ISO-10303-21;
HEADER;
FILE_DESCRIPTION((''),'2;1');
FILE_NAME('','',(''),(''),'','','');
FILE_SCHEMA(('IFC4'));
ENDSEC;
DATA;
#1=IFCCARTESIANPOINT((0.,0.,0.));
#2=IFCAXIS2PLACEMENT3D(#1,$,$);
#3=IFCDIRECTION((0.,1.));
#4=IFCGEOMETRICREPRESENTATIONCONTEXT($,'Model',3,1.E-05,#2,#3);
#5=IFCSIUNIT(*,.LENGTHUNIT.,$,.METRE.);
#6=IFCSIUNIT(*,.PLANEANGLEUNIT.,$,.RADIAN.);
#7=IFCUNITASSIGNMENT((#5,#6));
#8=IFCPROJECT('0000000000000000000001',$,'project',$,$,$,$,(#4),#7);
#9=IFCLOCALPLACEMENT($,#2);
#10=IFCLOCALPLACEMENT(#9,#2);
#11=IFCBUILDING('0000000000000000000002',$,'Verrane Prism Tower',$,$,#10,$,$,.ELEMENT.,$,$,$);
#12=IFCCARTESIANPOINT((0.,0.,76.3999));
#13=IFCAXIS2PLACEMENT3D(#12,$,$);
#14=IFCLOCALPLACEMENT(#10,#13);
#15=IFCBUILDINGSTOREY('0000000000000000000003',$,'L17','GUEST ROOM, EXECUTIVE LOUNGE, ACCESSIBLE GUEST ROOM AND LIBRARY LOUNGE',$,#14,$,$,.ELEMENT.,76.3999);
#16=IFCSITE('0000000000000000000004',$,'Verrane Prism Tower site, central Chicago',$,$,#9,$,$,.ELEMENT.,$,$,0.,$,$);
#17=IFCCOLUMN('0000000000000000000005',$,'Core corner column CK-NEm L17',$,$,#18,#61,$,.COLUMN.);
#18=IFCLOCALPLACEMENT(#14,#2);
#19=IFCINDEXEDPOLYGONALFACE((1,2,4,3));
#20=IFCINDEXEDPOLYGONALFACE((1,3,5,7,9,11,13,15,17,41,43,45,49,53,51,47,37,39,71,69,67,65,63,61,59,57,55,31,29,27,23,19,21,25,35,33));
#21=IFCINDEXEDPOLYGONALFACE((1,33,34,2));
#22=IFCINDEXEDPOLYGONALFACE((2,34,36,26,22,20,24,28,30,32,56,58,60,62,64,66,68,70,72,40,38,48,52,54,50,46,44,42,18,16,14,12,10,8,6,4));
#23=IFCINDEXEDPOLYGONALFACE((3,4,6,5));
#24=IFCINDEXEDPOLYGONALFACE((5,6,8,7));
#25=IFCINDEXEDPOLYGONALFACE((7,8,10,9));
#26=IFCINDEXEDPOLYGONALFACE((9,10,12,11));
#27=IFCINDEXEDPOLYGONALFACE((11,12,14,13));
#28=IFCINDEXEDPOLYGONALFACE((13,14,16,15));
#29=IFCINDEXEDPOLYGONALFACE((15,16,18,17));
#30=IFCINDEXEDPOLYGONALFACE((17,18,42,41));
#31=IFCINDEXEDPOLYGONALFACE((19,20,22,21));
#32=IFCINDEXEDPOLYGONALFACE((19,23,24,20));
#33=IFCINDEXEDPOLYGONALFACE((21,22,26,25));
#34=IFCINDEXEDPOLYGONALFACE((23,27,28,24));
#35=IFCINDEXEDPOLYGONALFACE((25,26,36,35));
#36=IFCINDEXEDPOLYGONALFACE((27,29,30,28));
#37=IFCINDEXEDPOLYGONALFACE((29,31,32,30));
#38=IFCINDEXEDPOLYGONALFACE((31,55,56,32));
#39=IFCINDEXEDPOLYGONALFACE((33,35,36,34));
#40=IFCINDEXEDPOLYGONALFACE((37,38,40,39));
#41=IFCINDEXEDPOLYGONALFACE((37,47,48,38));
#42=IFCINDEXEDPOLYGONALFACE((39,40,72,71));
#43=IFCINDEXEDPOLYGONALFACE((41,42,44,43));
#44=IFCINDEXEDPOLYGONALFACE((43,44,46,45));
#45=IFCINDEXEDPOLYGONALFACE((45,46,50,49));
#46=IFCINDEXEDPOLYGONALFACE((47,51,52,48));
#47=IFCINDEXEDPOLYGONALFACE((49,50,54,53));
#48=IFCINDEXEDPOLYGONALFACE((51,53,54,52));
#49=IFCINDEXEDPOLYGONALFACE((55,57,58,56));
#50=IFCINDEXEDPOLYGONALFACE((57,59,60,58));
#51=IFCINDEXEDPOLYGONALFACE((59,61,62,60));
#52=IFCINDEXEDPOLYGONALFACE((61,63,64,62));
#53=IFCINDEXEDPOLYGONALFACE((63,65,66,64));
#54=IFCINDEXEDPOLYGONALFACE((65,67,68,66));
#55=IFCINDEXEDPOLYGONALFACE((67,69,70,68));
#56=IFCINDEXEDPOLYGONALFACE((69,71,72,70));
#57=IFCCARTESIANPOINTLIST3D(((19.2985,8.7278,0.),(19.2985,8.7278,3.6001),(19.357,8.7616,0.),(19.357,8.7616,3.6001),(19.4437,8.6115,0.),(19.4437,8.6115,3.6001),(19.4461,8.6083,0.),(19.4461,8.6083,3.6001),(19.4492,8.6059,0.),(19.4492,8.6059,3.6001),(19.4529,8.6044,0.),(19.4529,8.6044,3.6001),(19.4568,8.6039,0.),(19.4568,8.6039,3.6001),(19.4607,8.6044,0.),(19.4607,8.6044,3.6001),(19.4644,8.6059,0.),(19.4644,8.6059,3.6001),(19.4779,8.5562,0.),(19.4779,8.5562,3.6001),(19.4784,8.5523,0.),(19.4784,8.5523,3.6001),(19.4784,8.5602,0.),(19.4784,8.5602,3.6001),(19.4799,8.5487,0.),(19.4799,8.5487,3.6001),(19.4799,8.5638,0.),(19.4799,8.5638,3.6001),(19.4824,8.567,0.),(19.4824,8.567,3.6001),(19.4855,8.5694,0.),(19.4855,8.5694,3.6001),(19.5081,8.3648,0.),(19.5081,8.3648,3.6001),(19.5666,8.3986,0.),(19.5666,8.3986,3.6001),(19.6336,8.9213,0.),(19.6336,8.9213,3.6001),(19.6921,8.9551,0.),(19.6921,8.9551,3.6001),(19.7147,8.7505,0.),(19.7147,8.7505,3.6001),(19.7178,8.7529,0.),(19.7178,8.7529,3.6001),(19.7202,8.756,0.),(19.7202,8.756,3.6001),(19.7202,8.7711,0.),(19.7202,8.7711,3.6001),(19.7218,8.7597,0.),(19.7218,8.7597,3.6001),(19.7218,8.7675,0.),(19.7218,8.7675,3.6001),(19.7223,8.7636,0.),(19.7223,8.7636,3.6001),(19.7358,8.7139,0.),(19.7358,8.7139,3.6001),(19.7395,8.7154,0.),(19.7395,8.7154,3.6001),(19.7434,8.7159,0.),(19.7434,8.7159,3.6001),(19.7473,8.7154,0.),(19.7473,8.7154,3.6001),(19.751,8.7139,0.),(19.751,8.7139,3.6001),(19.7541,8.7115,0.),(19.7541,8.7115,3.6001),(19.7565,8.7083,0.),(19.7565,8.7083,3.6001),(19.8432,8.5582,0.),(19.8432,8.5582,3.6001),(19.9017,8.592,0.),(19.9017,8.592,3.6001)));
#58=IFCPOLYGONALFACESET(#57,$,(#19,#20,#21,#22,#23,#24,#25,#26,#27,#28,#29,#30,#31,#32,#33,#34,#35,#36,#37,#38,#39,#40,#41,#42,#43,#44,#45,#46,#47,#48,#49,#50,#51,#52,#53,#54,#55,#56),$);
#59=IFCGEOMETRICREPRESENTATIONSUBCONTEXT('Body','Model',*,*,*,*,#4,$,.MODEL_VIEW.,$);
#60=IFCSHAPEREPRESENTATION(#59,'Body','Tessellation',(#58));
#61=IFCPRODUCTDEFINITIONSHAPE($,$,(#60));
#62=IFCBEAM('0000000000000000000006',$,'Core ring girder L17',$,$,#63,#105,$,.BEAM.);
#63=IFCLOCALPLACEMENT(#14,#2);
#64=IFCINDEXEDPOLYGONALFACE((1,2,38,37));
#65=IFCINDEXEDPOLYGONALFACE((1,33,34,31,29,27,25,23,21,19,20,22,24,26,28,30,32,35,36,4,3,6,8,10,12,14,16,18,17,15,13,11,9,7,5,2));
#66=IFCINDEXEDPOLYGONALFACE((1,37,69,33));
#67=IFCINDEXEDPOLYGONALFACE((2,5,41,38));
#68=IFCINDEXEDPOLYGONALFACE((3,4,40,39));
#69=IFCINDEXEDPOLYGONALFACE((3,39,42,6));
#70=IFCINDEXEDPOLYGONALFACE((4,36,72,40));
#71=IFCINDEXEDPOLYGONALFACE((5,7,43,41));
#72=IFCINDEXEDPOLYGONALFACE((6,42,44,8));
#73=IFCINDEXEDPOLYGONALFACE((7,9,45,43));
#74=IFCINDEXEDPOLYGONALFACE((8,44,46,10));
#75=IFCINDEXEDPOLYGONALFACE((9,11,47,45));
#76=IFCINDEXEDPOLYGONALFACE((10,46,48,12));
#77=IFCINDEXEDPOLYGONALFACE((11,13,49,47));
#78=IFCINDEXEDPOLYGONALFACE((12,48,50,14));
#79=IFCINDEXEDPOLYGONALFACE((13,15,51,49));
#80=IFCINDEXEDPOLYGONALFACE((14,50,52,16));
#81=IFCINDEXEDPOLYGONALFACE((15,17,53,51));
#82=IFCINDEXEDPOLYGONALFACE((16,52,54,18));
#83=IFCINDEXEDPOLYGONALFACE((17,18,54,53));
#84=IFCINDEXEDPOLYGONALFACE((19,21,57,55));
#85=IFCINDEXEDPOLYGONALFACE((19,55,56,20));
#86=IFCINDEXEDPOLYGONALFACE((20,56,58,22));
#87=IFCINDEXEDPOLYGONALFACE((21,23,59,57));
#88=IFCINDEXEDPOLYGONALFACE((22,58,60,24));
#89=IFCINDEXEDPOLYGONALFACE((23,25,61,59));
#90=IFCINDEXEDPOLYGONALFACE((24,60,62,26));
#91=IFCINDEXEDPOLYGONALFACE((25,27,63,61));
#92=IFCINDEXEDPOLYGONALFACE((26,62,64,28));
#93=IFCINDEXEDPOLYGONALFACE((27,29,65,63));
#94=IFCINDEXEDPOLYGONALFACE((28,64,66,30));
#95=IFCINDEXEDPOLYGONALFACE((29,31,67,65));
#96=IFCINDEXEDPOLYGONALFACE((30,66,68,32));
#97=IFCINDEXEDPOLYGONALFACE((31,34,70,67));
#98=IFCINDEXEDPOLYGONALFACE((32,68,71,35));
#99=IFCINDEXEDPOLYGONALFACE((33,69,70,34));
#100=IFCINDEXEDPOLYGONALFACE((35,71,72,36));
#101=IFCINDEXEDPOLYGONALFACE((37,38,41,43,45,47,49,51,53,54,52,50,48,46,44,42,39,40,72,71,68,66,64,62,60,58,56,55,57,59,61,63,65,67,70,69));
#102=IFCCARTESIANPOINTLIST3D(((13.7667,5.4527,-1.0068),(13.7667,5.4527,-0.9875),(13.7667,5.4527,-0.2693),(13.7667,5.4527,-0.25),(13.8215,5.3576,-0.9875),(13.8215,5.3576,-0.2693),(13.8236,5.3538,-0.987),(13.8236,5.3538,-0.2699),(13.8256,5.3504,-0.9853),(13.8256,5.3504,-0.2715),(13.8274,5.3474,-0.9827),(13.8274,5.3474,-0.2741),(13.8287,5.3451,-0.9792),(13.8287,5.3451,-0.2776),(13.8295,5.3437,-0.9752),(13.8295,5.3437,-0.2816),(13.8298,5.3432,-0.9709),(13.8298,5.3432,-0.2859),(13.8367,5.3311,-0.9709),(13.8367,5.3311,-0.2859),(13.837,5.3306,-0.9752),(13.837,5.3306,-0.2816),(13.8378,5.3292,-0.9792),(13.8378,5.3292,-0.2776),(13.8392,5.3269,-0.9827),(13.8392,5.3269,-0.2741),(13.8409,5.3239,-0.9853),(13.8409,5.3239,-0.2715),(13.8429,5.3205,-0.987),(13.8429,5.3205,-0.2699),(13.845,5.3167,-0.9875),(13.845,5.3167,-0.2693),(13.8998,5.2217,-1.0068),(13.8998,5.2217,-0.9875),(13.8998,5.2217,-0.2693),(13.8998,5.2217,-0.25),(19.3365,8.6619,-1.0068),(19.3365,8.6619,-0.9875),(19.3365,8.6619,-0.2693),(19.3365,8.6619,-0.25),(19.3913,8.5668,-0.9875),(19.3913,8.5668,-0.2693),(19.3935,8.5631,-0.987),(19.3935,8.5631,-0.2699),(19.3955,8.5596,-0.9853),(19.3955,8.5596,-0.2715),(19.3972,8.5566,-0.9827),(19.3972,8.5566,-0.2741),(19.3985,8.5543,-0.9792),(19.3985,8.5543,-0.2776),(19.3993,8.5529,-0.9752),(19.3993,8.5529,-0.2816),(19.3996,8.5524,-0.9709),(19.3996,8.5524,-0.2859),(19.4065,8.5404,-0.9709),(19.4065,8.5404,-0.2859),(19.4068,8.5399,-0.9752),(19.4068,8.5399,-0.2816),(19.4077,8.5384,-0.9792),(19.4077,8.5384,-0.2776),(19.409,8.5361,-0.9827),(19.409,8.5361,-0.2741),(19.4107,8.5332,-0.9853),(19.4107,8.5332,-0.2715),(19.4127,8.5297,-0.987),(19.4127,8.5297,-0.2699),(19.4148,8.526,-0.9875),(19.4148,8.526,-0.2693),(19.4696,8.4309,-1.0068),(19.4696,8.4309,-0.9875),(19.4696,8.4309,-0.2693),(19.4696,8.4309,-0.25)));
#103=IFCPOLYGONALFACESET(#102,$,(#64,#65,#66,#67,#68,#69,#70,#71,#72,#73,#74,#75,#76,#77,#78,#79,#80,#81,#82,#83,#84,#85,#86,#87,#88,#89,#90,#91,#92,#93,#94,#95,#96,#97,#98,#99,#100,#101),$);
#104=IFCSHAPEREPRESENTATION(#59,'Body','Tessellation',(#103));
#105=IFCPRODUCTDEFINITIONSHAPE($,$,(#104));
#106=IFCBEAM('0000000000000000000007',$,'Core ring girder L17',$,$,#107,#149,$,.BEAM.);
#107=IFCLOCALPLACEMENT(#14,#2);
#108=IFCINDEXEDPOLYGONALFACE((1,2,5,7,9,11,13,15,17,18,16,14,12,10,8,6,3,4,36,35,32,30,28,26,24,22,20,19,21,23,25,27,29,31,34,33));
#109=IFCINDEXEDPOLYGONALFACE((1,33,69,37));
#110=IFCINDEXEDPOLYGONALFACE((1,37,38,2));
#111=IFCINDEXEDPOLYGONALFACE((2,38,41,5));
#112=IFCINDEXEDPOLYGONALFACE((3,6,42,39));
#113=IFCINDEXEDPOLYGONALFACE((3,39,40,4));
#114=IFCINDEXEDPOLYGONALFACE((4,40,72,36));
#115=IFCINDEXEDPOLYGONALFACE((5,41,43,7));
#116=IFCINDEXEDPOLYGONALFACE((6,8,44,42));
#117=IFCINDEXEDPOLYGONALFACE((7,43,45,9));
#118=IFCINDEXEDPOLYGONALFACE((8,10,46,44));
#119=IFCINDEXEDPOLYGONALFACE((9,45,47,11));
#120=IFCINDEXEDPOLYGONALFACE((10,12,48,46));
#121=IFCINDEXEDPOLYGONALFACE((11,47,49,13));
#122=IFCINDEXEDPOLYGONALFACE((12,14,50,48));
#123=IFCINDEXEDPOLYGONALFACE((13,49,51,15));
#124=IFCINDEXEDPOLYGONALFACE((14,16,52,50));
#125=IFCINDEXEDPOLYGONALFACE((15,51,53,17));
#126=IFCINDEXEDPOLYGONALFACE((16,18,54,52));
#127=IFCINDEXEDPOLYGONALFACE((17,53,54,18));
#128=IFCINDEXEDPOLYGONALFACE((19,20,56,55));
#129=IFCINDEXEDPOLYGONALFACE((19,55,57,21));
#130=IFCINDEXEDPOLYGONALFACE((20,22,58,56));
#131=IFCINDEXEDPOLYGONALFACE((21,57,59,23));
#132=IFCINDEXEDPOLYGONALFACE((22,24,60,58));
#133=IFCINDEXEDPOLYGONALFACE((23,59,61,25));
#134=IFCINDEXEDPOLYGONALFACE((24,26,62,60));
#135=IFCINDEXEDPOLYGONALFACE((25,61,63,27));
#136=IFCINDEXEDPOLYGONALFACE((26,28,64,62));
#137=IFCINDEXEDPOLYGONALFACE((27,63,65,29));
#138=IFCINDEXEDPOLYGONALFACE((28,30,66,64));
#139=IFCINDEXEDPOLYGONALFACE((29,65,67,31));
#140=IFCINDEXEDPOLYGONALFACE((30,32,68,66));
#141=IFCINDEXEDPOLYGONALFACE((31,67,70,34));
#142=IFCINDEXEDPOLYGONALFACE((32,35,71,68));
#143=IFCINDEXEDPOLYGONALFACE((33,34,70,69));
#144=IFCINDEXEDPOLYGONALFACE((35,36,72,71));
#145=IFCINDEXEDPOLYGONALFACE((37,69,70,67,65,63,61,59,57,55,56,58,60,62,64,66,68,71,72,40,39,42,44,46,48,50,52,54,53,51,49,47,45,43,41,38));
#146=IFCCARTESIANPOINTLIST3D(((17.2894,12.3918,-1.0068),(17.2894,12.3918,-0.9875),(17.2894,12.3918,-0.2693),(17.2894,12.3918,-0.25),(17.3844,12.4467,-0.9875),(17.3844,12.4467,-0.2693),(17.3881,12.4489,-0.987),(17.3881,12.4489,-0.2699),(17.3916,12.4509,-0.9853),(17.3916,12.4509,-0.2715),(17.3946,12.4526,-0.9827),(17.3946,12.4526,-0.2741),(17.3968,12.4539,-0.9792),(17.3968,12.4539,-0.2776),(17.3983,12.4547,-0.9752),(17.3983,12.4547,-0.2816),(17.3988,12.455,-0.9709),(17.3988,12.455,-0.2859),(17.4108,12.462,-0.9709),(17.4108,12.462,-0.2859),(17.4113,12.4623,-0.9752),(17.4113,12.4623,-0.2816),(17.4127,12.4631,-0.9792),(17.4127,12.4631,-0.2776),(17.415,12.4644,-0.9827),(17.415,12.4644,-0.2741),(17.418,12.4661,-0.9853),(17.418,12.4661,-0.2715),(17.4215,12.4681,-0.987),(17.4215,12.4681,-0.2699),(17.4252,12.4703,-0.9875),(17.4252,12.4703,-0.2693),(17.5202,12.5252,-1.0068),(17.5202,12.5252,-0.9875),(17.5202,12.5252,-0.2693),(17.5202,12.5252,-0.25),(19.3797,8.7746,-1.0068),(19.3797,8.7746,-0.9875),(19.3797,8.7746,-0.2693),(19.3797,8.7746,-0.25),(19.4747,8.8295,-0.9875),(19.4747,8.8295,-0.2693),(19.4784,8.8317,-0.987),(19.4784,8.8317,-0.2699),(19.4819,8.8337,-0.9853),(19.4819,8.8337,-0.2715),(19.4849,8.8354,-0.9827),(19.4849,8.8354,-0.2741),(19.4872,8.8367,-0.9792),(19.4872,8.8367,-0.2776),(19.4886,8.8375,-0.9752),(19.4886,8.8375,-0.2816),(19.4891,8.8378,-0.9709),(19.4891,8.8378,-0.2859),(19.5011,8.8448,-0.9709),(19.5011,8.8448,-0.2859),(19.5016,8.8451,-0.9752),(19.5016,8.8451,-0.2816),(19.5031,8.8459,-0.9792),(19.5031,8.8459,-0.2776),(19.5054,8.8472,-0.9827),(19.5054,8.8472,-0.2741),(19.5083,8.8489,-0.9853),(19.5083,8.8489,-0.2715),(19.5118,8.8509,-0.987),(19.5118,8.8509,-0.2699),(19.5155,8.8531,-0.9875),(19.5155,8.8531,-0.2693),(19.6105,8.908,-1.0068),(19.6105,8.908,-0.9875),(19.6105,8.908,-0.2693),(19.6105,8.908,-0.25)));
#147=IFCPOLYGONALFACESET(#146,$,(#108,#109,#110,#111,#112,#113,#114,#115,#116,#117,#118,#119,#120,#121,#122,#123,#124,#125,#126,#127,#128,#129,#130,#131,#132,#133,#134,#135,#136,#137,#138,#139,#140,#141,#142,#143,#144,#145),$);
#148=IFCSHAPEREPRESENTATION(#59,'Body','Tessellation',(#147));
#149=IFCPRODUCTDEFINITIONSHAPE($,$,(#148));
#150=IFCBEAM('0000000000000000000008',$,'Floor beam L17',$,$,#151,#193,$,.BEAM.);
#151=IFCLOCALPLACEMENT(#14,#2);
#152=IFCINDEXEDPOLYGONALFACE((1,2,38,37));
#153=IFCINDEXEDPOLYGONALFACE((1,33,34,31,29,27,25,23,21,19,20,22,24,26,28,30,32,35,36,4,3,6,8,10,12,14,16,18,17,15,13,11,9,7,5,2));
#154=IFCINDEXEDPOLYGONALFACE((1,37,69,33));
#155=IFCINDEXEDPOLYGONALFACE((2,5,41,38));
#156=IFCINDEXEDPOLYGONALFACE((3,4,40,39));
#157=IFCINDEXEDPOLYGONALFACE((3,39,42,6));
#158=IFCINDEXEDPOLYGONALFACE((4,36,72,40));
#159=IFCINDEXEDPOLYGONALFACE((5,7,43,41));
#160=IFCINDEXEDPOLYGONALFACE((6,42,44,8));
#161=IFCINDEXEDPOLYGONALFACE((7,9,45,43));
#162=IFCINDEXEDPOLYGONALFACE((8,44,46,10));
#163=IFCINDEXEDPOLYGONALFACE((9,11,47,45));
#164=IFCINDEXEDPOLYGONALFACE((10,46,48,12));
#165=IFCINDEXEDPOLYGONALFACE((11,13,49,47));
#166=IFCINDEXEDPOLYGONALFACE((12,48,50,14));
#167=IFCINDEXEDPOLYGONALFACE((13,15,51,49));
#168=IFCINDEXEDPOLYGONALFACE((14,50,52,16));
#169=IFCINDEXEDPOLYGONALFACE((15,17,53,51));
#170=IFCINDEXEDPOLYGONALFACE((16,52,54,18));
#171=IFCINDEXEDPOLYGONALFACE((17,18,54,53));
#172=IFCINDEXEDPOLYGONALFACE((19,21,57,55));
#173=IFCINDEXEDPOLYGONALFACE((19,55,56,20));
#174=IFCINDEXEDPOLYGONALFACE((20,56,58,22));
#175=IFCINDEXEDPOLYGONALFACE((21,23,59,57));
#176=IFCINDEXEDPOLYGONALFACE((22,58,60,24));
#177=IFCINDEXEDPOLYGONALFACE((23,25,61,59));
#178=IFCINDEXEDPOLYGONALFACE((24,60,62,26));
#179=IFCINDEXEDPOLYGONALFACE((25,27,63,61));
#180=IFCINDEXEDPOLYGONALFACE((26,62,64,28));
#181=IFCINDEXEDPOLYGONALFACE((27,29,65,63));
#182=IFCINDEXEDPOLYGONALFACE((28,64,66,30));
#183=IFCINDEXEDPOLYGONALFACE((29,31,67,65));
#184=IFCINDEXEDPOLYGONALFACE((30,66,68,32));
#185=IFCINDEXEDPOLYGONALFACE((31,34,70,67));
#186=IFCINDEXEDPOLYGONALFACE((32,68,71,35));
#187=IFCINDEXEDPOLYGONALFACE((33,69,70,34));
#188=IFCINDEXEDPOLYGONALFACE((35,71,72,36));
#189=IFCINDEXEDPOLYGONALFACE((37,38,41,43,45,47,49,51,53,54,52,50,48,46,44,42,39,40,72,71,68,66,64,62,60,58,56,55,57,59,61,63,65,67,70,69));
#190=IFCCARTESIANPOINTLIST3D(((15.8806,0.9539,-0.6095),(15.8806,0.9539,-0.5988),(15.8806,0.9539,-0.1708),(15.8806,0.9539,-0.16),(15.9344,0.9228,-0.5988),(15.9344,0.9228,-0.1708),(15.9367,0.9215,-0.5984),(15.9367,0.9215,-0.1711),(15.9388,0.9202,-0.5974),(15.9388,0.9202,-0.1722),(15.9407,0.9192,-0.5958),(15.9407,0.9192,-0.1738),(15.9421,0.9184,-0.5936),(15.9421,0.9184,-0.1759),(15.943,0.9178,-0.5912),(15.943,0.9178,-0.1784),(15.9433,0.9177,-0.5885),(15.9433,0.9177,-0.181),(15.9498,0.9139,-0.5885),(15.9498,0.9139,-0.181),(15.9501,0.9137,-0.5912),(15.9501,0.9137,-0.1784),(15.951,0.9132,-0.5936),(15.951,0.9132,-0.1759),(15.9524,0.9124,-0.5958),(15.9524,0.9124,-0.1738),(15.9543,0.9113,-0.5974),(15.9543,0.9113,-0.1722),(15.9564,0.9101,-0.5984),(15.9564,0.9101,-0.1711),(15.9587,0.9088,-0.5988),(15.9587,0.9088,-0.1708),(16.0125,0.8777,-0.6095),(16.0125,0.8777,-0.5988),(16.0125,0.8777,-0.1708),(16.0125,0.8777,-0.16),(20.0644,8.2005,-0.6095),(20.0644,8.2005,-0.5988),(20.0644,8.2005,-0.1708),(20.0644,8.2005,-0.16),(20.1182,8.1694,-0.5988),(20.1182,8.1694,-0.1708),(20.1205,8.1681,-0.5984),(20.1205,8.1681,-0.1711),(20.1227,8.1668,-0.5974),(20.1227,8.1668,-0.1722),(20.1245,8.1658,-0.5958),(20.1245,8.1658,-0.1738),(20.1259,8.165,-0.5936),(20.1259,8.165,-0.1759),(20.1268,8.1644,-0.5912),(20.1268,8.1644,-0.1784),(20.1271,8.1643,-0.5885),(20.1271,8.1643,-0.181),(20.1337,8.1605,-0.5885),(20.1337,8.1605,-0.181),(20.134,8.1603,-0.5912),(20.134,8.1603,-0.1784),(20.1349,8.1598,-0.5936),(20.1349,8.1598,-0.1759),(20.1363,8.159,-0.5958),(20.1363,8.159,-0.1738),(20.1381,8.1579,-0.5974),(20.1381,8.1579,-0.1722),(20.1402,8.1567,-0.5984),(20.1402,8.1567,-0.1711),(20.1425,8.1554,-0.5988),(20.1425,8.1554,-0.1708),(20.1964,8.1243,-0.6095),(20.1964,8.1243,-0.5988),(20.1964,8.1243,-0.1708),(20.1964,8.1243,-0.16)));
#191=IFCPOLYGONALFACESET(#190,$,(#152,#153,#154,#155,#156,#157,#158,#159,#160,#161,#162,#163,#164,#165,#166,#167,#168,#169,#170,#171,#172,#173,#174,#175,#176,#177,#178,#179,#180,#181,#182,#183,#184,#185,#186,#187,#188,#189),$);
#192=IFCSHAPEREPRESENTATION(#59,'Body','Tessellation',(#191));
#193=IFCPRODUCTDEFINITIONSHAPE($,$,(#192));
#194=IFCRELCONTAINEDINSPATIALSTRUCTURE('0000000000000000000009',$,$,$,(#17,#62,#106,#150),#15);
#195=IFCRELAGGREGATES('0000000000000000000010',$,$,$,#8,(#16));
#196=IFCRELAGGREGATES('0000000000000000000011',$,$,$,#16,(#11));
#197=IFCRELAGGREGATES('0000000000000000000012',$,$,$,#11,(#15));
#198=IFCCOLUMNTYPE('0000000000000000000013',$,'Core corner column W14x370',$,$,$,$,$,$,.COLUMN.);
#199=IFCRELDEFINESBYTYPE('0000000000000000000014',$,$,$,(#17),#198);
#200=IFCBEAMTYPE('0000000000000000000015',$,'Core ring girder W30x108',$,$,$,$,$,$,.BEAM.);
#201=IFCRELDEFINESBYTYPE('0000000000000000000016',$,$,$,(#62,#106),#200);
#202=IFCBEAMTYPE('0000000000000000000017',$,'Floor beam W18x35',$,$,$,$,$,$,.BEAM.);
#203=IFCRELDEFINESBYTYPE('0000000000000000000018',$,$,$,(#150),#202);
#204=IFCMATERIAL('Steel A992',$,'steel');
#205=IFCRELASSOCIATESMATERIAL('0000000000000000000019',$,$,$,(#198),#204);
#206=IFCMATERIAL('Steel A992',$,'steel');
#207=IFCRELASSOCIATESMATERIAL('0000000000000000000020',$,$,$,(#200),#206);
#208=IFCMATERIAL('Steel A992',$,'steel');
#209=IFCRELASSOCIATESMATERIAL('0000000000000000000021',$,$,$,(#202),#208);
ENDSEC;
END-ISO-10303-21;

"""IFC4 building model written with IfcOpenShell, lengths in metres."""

from ifc_helpers import new_model, si_unit, direction, frame, origin, origin_2d, place, context, subcontext, project, spatial, i_section, extrude, material, material_profile, profile_set, type_object, element, save


model = new_model("IFC4")

# Units and contexts
model_context = context("Model", 3, precision=1e-05, world=origin(), true_north=direction((0.0, 1.0)))
body_context = subcontext(model_context, "Body", "Model", "MODEL_VIEW")
ifc_project = project(units=[si_unit("LENGTHUNIT", "METRE"), si_unit("PLANEANGLEUNIT", "RADIAN")], contexts=[model_context])

# Site, building, storey
site_placement = place(None, origin())
site = spatial("IfcSite", under=ifc_project, at=site_placement, Name="Verrane Prism Tower site, central Chicago", CompositionType="ELEMENT", RefElevation=0.0)
building_placement = place(site_placement, origin())
building = spatial("IfcBuilding", under=site, at=building_placement, Name="Verrane Prism Tower", CompositionType="ELEMENT")
storey_placement = place(building_placement, frame((0.0, 0.0, 76.3999)))
storey = spatial("IfcBuildingStorey", under=building, at=storey_placement, Name="L17", Description="GUEST ROOM, EXECUTIVE LOUNGE, ACCESSIBLE GUEST ROOM AND LIBRARY LOUNGE", CompositionType="ELEMENT", Elevation=76.3999)

# Column
ifc_material_1 = material(Name="Steel A992", Category="steel")
ifc_material_profile_1 = material_profile(ifc_material_1, i_section(OverallWidth=0.4192, OverallDepth=0.4546, WebThickness=0.0422, FlangeThickness=0.0676, FilletRadius=0.0151, at=origin_2d()), Name="W14x370")
ifc_profile_set_1 = profile_set([ifc_material_profile_1], Name="Steel A992")
column_type = type_object("IfcColumnType", Name="Core corner column W14x370", PredefinedType="COLUMN", material=ifc_profile_set_1)
column_placement = place(storey_placement, frame((19.6001, 8.6599, 0.0), z_axis=(0.0, 0.0, 1.0), x_axis=(0.5, -0.866025, 0.0)))
element("IfcColumn", 1, at=column_placement, inside=storey, type_object=column_type, Name="Core corner column CK-NEm L17", PredefinedType="COLUMN", context=body_context, shape_type="SweptSolid", body=[
    extrude(i_section(OverallWidth=0.4192, OverallDepth=0.4546, WebThickness=0.0422, FlangeThickness=0.0676, FilletRadius=0.0151, at=origin_2d()), origin(), (0.0, 0.0, 1.0), 3.6001),
])

# Beams
ifc_material_2 = material(Name="Steel A992", Category="steel")
ifc_material_profile_2 = material_profile(ifc_material_2, i_section(OverallWidth=0.2666, OverallDepth=0.7568, WebThickness=0.0139, FlangeThickness=0.0193, FilletRadius=0.0166, at=origin_2d()), Name="W30x108")
ifc_profile_set_2 = profile_set([ifc_material_profile_2], Name="Steel A992")
beam_type_1 = type_object("IfcBeamType", Name="Core ring girder W30x108", PredefinedType="BEAM", material=ifc_profile_set_2)
beam_1_placement = place(storey_placement, frame((13.8333, 5.3372, -0.6284), z_axis=(0.866464, 0.49924, 0.0), x_axis=(-0.49924, 0.866464, 0.0)))
element("IfcBeam", 2, at=beam_1_placement, inside=storey, type_object=beam_type_1, Name="Core ring girder L17", PredefinedType="BEAM", context=body_context, shape_type="SweptSolid", body=[
    extrude(i_section(OverallWidth=0.2666, OverallDepth=0.7568, WebThickness=0.0139, FlangeThickness=0.0193, FilletRadius=0.0166, at=origin_2d()), origin(), (0.0, 0.0, 1.0), 6.4282),
])
beam_2_placement = place(storey_placement, frame((19.4951, 8.8413, -0.6284), z_axis=(-0.50035, 0.865823, 0.0), x_axis=(-0.865823, -0.50035, 0.0)))
element("IfcBeam", 3, at=beam_2_placement, inside=storey, type_object=beam_type_1, Name="Core ring girder L17", PredefinedType="BEAM", context=body_context, shape_type="SweptSolid", body=[
    extrude(i_section(OverallWidth=0.2666, OverallDepth=0.7568, WebThickness=0.0139, FlangeThickness=0.0193, FilletRadius=0.0166, at=origin_2d()), origin(), (0.0, 0.0, 1.0), 4.1777),
])
ifc_material_3 = material(Name="Steel A992", Category="steel")
ifc_material_profile_3 = material_profile(ifc_material_3, i_section(OverallWidth=0.1523, OverallDepth=0.4495, WebThickness=0.0076, FlangeThickness=0.0107, FilletRadius=0.0103, at=origin_2d()), Name="W18x35")
ifc_profile_set_3 = profile_set([ifc_material_profile_3], Name="Steel A992")
beam_type_2 = type_object("IfcBeamType", Name="Floor beam W18x35", PredefinedType="BEAM", material=ifc_profile_set_3)
beam_3_placement = place(storey_placement, frame((15.9465, 0.9158, -0.3848), z_axis=(0.500002, 0.866024, 0.0), x_axis=(-0.866024, 0.500002, 0.0)))
element("IfcBeam", 4, at=beam_3_placement, inside=storey, type_object=beam_type_2, Name="Floor beam L17", PredefinedType="BEAM", context=body_context, shape_type="SweptSolid", body=[
    extrude(i_section(OverallWidth=0.1523, OverallDepth=0.4495, WebThickness=0.0076, FlangeThickness=0.0107, FilletRadius=0.0103, at=origin_2d()), origin(), (0.0, 0.0, 1.0), 8.3677),
])

save(model, "model.ifc")
